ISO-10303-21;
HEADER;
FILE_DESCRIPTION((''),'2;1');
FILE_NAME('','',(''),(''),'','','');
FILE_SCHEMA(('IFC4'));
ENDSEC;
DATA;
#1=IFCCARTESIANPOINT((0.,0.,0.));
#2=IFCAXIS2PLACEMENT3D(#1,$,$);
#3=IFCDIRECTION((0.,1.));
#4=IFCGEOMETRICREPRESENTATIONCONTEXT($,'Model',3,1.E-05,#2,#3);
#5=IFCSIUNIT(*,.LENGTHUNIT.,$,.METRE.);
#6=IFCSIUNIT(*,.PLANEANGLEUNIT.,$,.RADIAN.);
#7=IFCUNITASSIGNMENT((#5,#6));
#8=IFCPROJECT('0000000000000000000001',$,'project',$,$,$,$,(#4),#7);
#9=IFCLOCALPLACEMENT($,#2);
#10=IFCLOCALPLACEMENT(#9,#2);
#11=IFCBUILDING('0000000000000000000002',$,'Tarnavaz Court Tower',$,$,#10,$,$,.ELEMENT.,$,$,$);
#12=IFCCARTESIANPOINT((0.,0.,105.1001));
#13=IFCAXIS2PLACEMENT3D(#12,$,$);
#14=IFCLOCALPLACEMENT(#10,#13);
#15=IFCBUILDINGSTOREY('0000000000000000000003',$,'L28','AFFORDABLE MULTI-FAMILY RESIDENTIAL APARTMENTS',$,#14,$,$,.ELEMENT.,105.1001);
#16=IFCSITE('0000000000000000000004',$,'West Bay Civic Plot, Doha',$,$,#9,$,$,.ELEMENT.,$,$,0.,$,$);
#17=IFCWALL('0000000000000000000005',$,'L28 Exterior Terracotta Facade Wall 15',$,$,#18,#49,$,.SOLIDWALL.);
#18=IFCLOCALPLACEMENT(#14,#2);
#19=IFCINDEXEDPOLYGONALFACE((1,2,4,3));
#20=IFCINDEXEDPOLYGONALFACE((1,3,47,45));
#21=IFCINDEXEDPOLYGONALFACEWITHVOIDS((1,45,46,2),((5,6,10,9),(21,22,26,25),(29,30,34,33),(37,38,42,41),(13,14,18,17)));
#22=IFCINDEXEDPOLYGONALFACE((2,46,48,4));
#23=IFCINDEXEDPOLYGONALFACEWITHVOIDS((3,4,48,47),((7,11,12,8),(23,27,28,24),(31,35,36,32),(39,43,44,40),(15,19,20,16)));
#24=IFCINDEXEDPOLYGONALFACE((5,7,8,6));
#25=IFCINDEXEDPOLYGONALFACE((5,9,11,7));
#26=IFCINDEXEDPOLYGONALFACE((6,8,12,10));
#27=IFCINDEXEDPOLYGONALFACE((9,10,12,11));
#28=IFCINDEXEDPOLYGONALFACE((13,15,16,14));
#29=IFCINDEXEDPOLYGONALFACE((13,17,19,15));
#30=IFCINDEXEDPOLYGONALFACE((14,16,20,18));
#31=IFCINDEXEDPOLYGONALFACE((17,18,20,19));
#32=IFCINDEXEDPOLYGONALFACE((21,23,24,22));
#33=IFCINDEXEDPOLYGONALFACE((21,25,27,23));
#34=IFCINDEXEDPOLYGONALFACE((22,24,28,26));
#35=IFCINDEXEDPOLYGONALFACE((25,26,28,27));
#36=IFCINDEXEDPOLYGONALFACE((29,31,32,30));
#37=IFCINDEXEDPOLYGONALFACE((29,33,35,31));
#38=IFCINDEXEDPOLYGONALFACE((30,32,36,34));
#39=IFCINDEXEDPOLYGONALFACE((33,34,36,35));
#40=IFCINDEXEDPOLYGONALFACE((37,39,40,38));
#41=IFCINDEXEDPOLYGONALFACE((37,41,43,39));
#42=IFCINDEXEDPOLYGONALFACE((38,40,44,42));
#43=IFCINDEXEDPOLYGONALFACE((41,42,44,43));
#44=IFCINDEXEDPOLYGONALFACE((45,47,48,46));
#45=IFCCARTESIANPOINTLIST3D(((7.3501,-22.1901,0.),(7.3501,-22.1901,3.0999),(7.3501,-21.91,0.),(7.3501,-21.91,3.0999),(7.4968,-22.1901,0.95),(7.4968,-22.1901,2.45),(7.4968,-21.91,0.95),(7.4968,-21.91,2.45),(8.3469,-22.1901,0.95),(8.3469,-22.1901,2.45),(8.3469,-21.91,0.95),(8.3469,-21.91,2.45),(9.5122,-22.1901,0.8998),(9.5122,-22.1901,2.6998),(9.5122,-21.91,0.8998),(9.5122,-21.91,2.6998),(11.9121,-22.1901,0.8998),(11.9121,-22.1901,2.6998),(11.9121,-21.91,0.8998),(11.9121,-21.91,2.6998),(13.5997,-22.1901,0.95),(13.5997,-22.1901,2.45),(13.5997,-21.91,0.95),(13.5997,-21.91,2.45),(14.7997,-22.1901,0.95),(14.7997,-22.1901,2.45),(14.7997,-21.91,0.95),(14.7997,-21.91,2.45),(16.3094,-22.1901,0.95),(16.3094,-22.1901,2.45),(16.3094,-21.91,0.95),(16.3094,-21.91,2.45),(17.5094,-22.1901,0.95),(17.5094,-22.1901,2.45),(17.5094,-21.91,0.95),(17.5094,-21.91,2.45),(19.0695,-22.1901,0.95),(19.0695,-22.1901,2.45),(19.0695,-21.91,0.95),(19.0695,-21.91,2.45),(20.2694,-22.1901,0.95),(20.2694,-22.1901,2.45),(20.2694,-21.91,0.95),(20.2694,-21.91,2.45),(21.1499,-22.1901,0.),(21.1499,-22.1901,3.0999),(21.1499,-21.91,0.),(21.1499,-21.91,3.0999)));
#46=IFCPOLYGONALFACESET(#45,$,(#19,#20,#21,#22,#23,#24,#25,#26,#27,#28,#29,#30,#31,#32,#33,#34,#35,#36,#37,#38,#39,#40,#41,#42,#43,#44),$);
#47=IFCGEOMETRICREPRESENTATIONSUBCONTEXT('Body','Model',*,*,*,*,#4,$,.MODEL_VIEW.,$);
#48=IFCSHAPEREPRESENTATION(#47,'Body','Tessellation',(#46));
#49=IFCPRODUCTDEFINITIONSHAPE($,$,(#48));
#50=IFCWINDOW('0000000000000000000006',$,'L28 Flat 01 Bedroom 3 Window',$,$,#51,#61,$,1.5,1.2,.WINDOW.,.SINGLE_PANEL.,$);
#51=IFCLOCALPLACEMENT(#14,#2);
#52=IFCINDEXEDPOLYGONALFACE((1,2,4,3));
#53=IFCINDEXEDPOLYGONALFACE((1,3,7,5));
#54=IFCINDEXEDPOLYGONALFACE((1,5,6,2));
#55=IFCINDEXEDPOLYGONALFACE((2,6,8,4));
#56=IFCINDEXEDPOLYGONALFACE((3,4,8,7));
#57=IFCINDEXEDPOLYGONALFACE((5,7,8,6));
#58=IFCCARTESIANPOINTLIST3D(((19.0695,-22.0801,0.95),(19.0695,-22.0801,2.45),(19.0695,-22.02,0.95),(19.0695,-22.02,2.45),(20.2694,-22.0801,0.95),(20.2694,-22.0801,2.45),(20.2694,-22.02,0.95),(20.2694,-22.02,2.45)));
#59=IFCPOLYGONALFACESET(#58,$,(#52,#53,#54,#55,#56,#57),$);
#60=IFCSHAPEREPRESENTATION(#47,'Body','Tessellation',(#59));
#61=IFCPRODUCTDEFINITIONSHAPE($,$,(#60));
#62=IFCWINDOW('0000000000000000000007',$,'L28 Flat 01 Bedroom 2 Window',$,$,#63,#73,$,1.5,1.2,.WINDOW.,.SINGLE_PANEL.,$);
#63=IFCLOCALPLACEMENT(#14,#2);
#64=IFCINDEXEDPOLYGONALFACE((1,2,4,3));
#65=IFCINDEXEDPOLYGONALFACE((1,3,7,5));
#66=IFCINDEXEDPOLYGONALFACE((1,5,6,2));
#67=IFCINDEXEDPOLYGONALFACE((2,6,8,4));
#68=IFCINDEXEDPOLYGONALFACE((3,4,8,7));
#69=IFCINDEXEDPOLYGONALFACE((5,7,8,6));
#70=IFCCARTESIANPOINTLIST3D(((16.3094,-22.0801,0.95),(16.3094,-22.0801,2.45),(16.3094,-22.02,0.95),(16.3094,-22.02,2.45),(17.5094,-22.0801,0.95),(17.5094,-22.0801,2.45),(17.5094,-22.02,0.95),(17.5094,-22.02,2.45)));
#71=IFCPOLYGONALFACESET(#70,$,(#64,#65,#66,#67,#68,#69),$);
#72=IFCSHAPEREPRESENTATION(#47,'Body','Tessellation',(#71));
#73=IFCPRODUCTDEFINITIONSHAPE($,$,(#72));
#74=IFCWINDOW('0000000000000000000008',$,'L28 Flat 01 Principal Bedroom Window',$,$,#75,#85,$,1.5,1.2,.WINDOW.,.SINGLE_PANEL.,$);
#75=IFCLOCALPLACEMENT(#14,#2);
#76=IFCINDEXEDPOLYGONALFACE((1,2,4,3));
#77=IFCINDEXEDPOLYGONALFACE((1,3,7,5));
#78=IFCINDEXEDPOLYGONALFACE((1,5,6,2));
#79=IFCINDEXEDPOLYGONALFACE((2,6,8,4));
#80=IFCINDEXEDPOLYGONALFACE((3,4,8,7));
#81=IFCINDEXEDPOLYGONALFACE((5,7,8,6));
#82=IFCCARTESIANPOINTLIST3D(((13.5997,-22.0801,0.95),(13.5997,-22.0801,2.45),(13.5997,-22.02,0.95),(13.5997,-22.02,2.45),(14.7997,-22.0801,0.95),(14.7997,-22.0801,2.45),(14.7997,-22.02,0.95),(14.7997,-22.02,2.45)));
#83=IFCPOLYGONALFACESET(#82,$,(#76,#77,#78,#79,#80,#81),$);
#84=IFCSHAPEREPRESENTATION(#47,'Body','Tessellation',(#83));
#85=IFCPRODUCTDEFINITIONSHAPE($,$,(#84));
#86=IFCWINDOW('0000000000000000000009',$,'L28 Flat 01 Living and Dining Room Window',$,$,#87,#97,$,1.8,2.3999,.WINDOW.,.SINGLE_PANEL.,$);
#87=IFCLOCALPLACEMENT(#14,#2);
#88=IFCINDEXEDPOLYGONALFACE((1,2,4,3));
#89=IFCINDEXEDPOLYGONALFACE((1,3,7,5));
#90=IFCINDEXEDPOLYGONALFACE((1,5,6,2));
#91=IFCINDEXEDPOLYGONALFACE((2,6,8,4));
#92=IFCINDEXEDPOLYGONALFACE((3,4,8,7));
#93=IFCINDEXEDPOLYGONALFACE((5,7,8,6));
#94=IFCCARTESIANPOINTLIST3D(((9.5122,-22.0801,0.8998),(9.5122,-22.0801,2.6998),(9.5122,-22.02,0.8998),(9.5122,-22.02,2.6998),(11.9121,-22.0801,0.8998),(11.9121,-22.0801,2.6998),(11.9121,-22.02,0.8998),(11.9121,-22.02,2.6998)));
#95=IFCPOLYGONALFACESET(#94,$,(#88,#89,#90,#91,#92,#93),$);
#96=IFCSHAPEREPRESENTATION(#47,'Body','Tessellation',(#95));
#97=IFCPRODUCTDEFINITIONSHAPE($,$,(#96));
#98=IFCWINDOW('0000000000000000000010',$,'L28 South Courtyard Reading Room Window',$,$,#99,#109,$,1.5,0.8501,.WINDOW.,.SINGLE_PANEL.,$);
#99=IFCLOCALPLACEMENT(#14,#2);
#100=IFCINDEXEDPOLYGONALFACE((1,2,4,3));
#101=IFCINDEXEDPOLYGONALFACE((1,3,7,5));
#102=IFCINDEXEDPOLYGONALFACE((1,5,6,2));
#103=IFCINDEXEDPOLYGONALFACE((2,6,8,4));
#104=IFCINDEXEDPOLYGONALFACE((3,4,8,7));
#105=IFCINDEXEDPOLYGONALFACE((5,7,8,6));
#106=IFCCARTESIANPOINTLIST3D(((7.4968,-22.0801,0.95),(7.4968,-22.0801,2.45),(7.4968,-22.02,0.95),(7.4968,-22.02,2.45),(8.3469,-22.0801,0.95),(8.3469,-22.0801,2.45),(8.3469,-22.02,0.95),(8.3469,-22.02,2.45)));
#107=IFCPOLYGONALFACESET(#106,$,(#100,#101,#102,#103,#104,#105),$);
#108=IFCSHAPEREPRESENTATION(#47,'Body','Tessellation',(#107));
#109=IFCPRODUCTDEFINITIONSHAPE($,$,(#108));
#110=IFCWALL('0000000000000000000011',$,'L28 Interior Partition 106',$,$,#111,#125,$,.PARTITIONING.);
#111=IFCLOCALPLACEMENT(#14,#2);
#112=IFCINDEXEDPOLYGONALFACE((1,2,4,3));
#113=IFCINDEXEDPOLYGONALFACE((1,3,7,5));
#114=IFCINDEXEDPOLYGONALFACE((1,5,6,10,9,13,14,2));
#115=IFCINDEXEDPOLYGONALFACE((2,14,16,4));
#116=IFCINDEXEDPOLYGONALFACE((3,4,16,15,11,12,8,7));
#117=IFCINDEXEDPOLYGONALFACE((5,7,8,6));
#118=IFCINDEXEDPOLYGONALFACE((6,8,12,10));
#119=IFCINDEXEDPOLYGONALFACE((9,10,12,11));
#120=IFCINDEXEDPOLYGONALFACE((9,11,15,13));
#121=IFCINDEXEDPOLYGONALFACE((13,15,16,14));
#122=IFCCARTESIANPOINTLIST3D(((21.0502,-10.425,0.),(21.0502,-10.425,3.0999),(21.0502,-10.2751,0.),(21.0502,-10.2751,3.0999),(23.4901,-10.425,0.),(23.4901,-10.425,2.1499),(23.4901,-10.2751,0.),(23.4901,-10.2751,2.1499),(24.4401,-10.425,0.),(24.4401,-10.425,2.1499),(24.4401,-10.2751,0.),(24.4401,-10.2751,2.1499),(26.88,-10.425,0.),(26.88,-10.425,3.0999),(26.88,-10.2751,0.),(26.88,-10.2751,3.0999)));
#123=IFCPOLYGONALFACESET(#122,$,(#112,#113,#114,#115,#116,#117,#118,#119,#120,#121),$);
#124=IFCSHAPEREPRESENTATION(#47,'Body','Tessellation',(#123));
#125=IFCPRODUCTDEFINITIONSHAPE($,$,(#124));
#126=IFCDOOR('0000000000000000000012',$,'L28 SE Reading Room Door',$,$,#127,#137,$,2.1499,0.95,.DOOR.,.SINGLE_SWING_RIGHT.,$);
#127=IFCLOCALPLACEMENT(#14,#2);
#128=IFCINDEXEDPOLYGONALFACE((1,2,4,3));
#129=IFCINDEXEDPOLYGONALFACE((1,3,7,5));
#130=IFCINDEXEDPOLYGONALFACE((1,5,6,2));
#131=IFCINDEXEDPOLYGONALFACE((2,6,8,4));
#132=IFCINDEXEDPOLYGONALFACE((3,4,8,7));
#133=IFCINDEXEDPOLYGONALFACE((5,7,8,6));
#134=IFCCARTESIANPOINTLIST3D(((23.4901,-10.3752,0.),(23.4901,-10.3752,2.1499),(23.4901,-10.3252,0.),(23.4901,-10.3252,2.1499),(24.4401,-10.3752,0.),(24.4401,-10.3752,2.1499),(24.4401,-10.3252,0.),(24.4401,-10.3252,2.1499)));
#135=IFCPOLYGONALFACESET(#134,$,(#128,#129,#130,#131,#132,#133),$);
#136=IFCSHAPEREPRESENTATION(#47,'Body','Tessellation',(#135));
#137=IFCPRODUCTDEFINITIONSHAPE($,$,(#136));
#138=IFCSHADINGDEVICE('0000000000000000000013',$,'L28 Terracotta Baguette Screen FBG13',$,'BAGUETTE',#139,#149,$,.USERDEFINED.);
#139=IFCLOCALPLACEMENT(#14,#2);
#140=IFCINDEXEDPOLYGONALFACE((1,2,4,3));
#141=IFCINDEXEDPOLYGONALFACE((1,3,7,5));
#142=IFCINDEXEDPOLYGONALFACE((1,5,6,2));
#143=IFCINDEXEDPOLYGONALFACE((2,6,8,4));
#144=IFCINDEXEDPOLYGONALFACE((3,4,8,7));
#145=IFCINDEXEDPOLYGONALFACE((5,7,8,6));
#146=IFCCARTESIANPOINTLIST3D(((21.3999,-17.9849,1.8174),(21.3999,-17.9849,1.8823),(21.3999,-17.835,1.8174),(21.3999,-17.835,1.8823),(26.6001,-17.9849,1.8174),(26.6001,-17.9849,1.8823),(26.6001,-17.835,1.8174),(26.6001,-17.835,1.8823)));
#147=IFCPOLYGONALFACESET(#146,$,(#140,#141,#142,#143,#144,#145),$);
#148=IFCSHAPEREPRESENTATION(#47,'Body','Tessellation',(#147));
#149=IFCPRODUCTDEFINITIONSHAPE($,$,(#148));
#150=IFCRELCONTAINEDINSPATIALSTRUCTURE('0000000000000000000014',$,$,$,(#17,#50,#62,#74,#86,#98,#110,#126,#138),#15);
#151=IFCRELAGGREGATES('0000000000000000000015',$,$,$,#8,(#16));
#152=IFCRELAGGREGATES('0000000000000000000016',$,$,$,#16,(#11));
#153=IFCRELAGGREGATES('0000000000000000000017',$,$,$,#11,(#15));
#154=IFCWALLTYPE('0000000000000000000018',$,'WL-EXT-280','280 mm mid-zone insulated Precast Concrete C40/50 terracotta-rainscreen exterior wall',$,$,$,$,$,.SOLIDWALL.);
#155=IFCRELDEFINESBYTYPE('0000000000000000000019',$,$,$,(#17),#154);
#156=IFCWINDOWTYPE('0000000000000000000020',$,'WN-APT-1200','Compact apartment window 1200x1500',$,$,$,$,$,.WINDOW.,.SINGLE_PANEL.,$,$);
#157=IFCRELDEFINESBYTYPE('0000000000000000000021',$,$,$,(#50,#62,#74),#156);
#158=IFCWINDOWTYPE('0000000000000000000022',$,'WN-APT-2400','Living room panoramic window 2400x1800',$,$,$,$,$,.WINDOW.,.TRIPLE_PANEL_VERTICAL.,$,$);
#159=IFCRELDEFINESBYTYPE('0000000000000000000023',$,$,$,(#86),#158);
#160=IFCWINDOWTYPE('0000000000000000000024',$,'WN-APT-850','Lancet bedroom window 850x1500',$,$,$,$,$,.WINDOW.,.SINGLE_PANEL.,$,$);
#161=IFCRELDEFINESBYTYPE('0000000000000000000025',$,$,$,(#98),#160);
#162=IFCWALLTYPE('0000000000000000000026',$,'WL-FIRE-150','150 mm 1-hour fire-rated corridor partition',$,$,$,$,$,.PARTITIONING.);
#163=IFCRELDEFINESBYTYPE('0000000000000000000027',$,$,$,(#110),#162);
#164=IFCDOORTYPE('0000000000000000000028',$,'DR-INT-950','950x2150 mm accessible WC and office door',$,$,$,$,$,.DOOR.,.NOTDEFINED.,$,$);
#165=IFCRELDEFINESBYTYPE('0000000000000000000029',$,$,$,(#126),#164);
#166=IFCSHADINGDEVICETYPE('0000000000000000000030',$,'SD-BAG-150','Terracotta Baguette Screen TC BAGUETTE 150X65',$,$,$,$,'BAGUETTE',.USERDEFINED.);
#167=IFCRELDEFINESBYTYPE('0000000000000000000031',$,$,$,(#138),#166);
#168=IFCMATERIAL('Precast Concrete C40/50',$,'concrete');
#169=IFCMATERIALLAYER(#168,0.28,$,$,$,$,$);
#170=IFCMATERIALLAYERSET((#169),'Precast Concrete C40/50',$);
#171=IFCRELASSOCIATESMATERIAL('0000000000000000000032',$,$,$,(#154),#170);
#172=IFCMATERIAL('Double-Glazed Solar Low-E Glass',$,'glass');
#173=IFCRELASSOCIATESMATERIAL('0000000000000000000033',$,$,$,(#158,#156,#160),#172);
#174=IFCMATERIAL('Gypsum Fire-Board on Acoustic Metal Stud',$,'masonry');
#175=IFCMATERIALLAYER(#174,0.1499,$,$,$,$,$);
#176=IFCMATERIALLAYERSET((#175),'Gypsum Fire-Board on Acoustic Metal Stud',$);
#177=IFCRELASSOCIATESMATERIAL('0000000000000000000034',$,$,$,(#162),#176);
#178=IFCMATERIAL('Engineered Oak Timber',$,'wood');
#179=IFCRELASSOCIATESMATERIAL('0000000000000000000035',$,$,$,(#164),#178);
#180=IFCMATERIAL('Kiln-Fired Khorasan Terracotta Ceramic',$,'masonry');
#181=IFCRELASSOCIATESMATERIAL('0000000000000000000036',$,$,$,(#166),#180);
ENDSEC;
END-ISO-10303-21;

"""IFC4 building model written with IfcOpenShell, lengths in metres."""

from ifc_helpers import new_model, si_unit, direction, frame, frame_2d, origin, origin_2d, place, context, subcontext, project, spatial, rectangle, extrude, material, layer, layer_set, material_profile, profile_set, type_object, element, fill, save


model = new_model("IFC4")

# Units and contexts
model_context = context("Model", 3, precision=1e-05, world=origin(), true_north=direction((0.0, 1.0)))
body_context = subcontext(model_context, "Body", "Model", "MODEL_VIEW")
ifc_project = project(units=[si_unit("LENGTHUNIT", "METRE"), si_unit("PLANEANGLEUNIT", "RADIAN")], contexts=[model_context])

# Site, building, storey
site_placement = place(None, origin())
site = spatial("IfcSite", under=ifc_project, at=site_placement, Name="West Bay Civic Plot, Doha", CompositionType="ELEMENT", RefElevation=0.0)
building_placement = place(site_placement, origin())
building = spatial("IfcBuilding", under=site, at=building_placement, Name="Tarnavaz Court Tower", CompositionType="ELEMENT")
storey_placement = place(building_placement, frame((0.0, 0.0, 105.1001)))
storey = spatial("IfcBuildingStorey", under=building, at=storey_placement, Name="L28", Description="AFFORDABLE MULTI-FAMILY RESIDENTIAL APARTMENTS", CompositionType="ELEMENT", Elevation=105.1001)

# Shared definitions
ifc_material_1 = material(Name="Precast Concrete C40/50", Category="concrete")
ifc_layer_1 = layer(ifc_material_1, 0.28)
ifc_layer_set_1 = layer_set([ifc_layer_1], Name="Precast Concrete C40/50")
wall_type_1 = type_object("IfcWallType", Name="WL-EXT-280", Description="280 mm mid-zone insulated Precast Concrete C40/50 terracotta-rainscreen exterior wall", PredefinedType="SOLIDWALL", material=ifc_layer_set_1)
ifc_material_2 = material(Name="Double-Glazed Solar Low-E Glass", Category="glass")
window_type_1 = type_object("IfcWindowType", Name="WN-APT-2400", Description="Living room panoramic window 2400x1800", PartitioningType="TRIPLE_PANEL_VERTICAL", PredefinedType="WINDOW", material=ifc_material_2)

# Wall, openings, windows
wall_1_placement = place(storey_placement, frame((21.1499, -22.05, 0.0), z_axis=(0.0, 0.0, 1.0), x_axis=(-1.0, 0.0, 0.0)))
wall_1 = element("IfcWall", 1, at=wall_1_placement, inside=storey, type_object=wall_type_1, Name="L28 Exterior Terracotta Facade Wall 15", PredefinedType="SOLIDWALL", context=body_context, shape_type="SweptSolid", body=[
    extrude(rectangle(XDim=13.7998, YDim=0.28, at=frame_2d((6.8999, 0.0))), origin(), (0.0, 0.0, 1.0), 3.0999),
])
opening_1_placement = place(wall_1_placement, frame((0.8804, 0.0, 0.95)))
opening_1 = element("IfcOpeningElement", 2, at=opening_1_placement, cuts=wall_1, PredefinedType="OPENING", context=body_context, shape_type="SweptSolid", body=[
    extrude(rectangle(XDim=1.2, YDim=1.5, at=frame_2d((0.6001, 0.75))), frame((0.0, 0.1499, 0.0), z_axis=(0.0, -1.0, 0.0), x_axis=(1.0, 0.0, 0.0)), (0.0, 0.0, 1.0), 0.3),
])
opening_2_placement = place(wall_1_placement, frame((3.6404, 0.0, 0.95)))
opening_2 = element("IfcOpeningElement", 3, at=opening_2_placement, cuts=wall_1, PredefinedType="OPENING", context=body_context, shape_type="SweptSolid", body=[
    extrude(rectangle(XDim=1.2, YDim=1.5, at=frame_2d((0.6001, 0.75))), frame((0.0, 0.1499, 0.0), z_axis=(0.0, -1.0, 0.0), x_axis=(1.0, 0.0, 0.0)), (0.0, 0.0, 1.0), 0.3),
])
opening_3_placement = place(wall_1_placement, frame((6.3501, 0.0, 0.95)))
opening_3 = element("IfcOpeningElement", 4, at=opening_3_placement, cuts=wall_1, PredefinedType="OPENING", context=body_context, shape_type="SweptSolid", body=[
    extrude(rectangle(XDim=1.2, YDim=1.5, at=frame_2d((0.6001, 0.75))), frame((0.0, 0.1499, 0.0), z_axis=(0.0, -1.0, 0.0), x_axis=(1.0, 0.0, 0.0)), (0.0, 0.0, 1.0), 0.3),
])
opening_4_placement = place(wall_1_placement, frame((9.2378, 0.0, 0.8999)))
opening_4 = element("IfcOpeningElement", 5, at=opening_4_placement, cuts=wall_1, PredefinedType="OPENING", context=body_context, shape_type="SweptSolid", body=[
    extrude(rectangle(XDim=2.3999, YDim=1.8, at=frame_2d((1.2, 0.8999))), frame((0.0, 0.1499, 0.0), z_axis=(0.0, -1.0, 0.0), x_axis=(1.0, 0.0, 0.0)), (0.0, 0.0, 1.0), 0.3),
])
opening_5_placement = place(wall_1_placement, frame((12.803, 0.0, 0.95)))
opening_5 = element("IfcOpeningElement", 6, at=opening_5_placement, cuts=wall_1, PredefinedType="OPENING", context=body_context, shape_type="SweptSolid", body=[
    extrude(rectangle(XDim=0.8501, YDim=1.5, at=frame_2d((0.425, 0.75))), frame((0.0, 0.1499, 0.0), z_axis=(0.0, -1.0, 0.0), x_axis=(1.0, 0.0, 0.0)), (0.0, 0.0, 1.0), 0.3),
])
window_type_2 = type_object("IfcWindowType", Name="WN-APT-1200", Description="Compact apartment window 1200x1500", PartitioningType="SINGLE_PANEL", PredefinedType="WINDOW", material=ifc_material_2)
window_1_placement = place(opening_1_placement, origin())
window_1 = element("IfcWindow", 7, at=window_1_placement, inside=storey, type_object=window_type_2, Name="L28 Flat 01 Bedroom 3 Window", OverallHeight=1.5, OverallWidth=1.2, PartitioningType="SINGLE_PANEL", PredefinedType="WINDOW", context=body_context, shape_type="SweptSolid", body=[
    extrude(rectangle(XDim=1.2, YDim=1.5, at=frame_2d((0.6001, 0.75))), frame((0.0, 0.03, 0.0), z_axis=(0.0, -1.0, 0.0), x_axis=(1.0, 0.0, 0.0)), (0.0, 0.0, 1.0), 0.0601),
])
fill(opening_1, window_1)
window_2_placement = place(opening_2_placement, origin())
window_2 = element("IfcWindow", 8, at=window_2_placement, inside=storey, type_object=window_type_2, Name="L28 Flat 01 Bedroom 2 Window", OverallHeight=1.5, OverallWidth=1.2, PartitioningType="SINGLE_PANEL", PredefinedType="WINDOW", context=body_context, shape_type="SweptSolid", body=[
    extrude(rectangle(XDim=1.2, YDim=1.5, at=frame_2d((0.6001, 0.75))), frame((0.0, 0.03, 0.0), z_axis=(0.0, -1.0, 0.0), x_axis=(1.0, 0.0, 0.0)), (0.0, 0.0, 1.0), 0.0601),
])
fill(opening_2, window_2)
window_3_placement = place(opening_3_placement, origin())
window_3 = element("IfcWindow", 9, at=window_3_placement, inside=storey, type_object=window_type_2, Name="L28 Flat 01 Principal Bedroom Window", OverallHeight=1.5, OverallWidth=1.2, PartitioningType="SINGLE_PANEL", PredefinedType="WINDOW", context=body_context, shape_type="SweptSolid", body=[
    extrude(rectangle(XDim=1.2, YDim=1.5, at=frame_2d((0.6001, 0.75))), frame((0.0, 0.03, 0.0), z_axis=(0.0, -1.0, 0.0), x_axis=(1.0, 0.0, 0.0)), (0.0, 0.0, 1.0), 0.0601),
])
fill(opening_3, window_3)
window_4_placement = place(opening_4_placement, origin())
window_4 = element("IfcWindow", 10, at=window_4_placement, inside=storey, type_object=window_type_1, Name="L28 Flat 01 Living and Dining Room Window", OverallHeight=1.8, OverallWidth=2.3999, PartitioningType="SINGLE_PANEL", PredefinedType="WINDOW", context=body_context, shape_type="SweptSolid", body=[
    extrude(rectangle(XDim=2.3999, YDim=1.8, at=frame_2d((1.2, 0.8999))), frame((0.0, 0.03, 0.0), z_axis=(0.0, -1.0, 0.0), x_axis=(1.0, 0.0, 0.0)), (0.0, 0.0, 1.0), 0.0601),
])
fill(opening_4, window_4)
window_type_3 = type_object("IfcWindowType", Name="WN-APT-850", Description="Lancet bedroom window 850x1500", PartitioningType="SINGLE_PANEL", PredefinedType="WINDOW", material=ifc_material_2)
window_5_placement = place(opening_5_placement, origin())
window_5 = element("IfcWindow", 11, at=window_5_placement, inside=storey, type_object=window_type_3, Name="L28 South Courtyard Reading Room Window", OverallHeight=1.5, OverallWidth=0.8501, PartitioningType="SINGLE_PANEL", PredefinedType="WINDOW", context=body_context, shape_type="SweptSolid", body=[
    extrude(rectangle(XDim=0.8501, YDim=1.5, at=frame_2d((0.425, 0.75))), frame((0.0, 0.03, 0.0), z_axis=(0.0, -1.0, 0.0), x_axis=(1.0, 0.0, 0.0)), (0.0, 0.0, 1.0), 0.0601),
])
fill(opening_5, window_5)

# Wall, opening, door
ifc_material_3 = material(Name="Gypsum Fire-Board on Acoustic Metal Stud", Category="masonry")
ifc_layer_2 = layer(ifc_material_3, 0.1499)
ifc_layer_set_2 = layer_set([ifc_layer_2], Name="Gypsum Fire-Board on Acoustic Metal Stud")
wall_type_2 = type_object("IfcWallType", Name="WL-FIRE-150", Description="150 mm 1-hour fire-rated corridor partition", PredefinedType="PARTITIONING", material=ifc_layer_set_2)
wall_2_placement = place(storey_placement, frame((21.05, -10.3501, 0.0), z_axis=(0.0, 0.0, 1.0), x_axis=(1.0, 0.0, 0.0)))
wall_2 = element("IfcWall", 12, at=wall_2_placement, inside=storey, type_object=wall_type_2, Name="L28 Interior Partition 106", PredefinedType="PARTITIONING", context=body_context, shape_type="SweptSolid", body=[
    extrude(rectangle(XDim=5.8298, YDim=0.1499, at=frame_2d((2.915, 0.0))), origin(), (0.0, 0.0, 1.0), 3.0999),
])
opening_6_placement = place(wall_2_placement, frame((2.4399, 0.0, 0.0)))
opening_6 = element("IfcOpeningElement", 13, at=opening_6_placement, cuts=wall_2, PredefinedType="OPENING", context=body_context, shape_type="SweptSolid", body=[
    extrude(rectangle(XDim=0.95, YDim=2.1499, at=frame_2d((0.4751, 1.075))), frame((0.0, 0.085, 0.0), z_axis=(0.0, -1.0, 0.0), x_axis=(1.0, 0.0, 0.0)), (0.0, 0.0, 1.0), 0.1699),
])
ifc_material_4 = material(Name="Engineered Oak Timber", Category="wood")
door_type = type_object("IfcDoorType", Name="DR-INT-950", Description="950x2150 mm accessible WC and office door", OperationType="NOTDEFINED", PredefinedType="DOOR", material=ifc_material_4)
door_placement = place(opening_6_placement, origin())
door = element("IfcDoor", 14, at=door_placement, inside=storey, type_object=door_type, Name="L28 SE Reading Room Door", OperationType="SINGLE_SWING_RIGHT", OverallHeight=2.1499, OverallWidth=0.95, PredefinedType="DOOR", context=body_context, shape_type="SweptSolid", body=[
    extrude(rectangle(XDim=0.95, YDim=2.1499, at=frame_2d((0.4751, 1.075))), frame((0.0, 0.0249, 0.0), z_axis=(0.0, -1.0, 0.0), x_axis=(1.0, 0.0, 0.0)), (0.0, 0.0, 1.0), 0.05),
])
fill(opening_6, door)

# Shading device
ifc_material_5 = material(Name="Kiln-Fired Khorasan Terracotta Ceramic", Category="masonry")
ifc_material_profile_1 = material_profile(ifc_material_5, rectangle(XDim=0.1499, YDim=0.0649, at=origin_2d()), Name="TC BAGUETTE 150X65")
ifc_profile_set_1 = profile_set([ifc_material_profile_1], Name="Kiln-Fired Khorasan Terracotta Ceramic")
shading_device_type = type_object("IfcShadingDeviceType", Name="SD-BAG-150", Description="Terracotta Baguette Screen TC BAGUETTE 150X65", ElementType="BAGUETTE", PredefinedType="USERDEFINED", material=ifc_profile_set_1)
shading_device_placement = place(storey_placement, frame((26.6001, -17.9099, 1.8499), z_axis=(-1.0, 0.0, 0.0), x_axis=(0.0, -1.0, 0.0)))
element("IfcShadingDevice", 15, at=shading_device_placement, inside=storey, type_object=shading_device_type, Name="L28 Terracotta Baguette Screen FBG13", ObjectType="BAGUETTE", PredefinedType="USERDEFINED", context=body_context, shape_type="SweptSolid", body=[
    extrude(rectangle(XDim=0.1499, YDim=0.0649, at=origin_2d()), origin(), (0.0, 0.0, 1.0), 5.2002),
])

save(model, "model.ifc")
